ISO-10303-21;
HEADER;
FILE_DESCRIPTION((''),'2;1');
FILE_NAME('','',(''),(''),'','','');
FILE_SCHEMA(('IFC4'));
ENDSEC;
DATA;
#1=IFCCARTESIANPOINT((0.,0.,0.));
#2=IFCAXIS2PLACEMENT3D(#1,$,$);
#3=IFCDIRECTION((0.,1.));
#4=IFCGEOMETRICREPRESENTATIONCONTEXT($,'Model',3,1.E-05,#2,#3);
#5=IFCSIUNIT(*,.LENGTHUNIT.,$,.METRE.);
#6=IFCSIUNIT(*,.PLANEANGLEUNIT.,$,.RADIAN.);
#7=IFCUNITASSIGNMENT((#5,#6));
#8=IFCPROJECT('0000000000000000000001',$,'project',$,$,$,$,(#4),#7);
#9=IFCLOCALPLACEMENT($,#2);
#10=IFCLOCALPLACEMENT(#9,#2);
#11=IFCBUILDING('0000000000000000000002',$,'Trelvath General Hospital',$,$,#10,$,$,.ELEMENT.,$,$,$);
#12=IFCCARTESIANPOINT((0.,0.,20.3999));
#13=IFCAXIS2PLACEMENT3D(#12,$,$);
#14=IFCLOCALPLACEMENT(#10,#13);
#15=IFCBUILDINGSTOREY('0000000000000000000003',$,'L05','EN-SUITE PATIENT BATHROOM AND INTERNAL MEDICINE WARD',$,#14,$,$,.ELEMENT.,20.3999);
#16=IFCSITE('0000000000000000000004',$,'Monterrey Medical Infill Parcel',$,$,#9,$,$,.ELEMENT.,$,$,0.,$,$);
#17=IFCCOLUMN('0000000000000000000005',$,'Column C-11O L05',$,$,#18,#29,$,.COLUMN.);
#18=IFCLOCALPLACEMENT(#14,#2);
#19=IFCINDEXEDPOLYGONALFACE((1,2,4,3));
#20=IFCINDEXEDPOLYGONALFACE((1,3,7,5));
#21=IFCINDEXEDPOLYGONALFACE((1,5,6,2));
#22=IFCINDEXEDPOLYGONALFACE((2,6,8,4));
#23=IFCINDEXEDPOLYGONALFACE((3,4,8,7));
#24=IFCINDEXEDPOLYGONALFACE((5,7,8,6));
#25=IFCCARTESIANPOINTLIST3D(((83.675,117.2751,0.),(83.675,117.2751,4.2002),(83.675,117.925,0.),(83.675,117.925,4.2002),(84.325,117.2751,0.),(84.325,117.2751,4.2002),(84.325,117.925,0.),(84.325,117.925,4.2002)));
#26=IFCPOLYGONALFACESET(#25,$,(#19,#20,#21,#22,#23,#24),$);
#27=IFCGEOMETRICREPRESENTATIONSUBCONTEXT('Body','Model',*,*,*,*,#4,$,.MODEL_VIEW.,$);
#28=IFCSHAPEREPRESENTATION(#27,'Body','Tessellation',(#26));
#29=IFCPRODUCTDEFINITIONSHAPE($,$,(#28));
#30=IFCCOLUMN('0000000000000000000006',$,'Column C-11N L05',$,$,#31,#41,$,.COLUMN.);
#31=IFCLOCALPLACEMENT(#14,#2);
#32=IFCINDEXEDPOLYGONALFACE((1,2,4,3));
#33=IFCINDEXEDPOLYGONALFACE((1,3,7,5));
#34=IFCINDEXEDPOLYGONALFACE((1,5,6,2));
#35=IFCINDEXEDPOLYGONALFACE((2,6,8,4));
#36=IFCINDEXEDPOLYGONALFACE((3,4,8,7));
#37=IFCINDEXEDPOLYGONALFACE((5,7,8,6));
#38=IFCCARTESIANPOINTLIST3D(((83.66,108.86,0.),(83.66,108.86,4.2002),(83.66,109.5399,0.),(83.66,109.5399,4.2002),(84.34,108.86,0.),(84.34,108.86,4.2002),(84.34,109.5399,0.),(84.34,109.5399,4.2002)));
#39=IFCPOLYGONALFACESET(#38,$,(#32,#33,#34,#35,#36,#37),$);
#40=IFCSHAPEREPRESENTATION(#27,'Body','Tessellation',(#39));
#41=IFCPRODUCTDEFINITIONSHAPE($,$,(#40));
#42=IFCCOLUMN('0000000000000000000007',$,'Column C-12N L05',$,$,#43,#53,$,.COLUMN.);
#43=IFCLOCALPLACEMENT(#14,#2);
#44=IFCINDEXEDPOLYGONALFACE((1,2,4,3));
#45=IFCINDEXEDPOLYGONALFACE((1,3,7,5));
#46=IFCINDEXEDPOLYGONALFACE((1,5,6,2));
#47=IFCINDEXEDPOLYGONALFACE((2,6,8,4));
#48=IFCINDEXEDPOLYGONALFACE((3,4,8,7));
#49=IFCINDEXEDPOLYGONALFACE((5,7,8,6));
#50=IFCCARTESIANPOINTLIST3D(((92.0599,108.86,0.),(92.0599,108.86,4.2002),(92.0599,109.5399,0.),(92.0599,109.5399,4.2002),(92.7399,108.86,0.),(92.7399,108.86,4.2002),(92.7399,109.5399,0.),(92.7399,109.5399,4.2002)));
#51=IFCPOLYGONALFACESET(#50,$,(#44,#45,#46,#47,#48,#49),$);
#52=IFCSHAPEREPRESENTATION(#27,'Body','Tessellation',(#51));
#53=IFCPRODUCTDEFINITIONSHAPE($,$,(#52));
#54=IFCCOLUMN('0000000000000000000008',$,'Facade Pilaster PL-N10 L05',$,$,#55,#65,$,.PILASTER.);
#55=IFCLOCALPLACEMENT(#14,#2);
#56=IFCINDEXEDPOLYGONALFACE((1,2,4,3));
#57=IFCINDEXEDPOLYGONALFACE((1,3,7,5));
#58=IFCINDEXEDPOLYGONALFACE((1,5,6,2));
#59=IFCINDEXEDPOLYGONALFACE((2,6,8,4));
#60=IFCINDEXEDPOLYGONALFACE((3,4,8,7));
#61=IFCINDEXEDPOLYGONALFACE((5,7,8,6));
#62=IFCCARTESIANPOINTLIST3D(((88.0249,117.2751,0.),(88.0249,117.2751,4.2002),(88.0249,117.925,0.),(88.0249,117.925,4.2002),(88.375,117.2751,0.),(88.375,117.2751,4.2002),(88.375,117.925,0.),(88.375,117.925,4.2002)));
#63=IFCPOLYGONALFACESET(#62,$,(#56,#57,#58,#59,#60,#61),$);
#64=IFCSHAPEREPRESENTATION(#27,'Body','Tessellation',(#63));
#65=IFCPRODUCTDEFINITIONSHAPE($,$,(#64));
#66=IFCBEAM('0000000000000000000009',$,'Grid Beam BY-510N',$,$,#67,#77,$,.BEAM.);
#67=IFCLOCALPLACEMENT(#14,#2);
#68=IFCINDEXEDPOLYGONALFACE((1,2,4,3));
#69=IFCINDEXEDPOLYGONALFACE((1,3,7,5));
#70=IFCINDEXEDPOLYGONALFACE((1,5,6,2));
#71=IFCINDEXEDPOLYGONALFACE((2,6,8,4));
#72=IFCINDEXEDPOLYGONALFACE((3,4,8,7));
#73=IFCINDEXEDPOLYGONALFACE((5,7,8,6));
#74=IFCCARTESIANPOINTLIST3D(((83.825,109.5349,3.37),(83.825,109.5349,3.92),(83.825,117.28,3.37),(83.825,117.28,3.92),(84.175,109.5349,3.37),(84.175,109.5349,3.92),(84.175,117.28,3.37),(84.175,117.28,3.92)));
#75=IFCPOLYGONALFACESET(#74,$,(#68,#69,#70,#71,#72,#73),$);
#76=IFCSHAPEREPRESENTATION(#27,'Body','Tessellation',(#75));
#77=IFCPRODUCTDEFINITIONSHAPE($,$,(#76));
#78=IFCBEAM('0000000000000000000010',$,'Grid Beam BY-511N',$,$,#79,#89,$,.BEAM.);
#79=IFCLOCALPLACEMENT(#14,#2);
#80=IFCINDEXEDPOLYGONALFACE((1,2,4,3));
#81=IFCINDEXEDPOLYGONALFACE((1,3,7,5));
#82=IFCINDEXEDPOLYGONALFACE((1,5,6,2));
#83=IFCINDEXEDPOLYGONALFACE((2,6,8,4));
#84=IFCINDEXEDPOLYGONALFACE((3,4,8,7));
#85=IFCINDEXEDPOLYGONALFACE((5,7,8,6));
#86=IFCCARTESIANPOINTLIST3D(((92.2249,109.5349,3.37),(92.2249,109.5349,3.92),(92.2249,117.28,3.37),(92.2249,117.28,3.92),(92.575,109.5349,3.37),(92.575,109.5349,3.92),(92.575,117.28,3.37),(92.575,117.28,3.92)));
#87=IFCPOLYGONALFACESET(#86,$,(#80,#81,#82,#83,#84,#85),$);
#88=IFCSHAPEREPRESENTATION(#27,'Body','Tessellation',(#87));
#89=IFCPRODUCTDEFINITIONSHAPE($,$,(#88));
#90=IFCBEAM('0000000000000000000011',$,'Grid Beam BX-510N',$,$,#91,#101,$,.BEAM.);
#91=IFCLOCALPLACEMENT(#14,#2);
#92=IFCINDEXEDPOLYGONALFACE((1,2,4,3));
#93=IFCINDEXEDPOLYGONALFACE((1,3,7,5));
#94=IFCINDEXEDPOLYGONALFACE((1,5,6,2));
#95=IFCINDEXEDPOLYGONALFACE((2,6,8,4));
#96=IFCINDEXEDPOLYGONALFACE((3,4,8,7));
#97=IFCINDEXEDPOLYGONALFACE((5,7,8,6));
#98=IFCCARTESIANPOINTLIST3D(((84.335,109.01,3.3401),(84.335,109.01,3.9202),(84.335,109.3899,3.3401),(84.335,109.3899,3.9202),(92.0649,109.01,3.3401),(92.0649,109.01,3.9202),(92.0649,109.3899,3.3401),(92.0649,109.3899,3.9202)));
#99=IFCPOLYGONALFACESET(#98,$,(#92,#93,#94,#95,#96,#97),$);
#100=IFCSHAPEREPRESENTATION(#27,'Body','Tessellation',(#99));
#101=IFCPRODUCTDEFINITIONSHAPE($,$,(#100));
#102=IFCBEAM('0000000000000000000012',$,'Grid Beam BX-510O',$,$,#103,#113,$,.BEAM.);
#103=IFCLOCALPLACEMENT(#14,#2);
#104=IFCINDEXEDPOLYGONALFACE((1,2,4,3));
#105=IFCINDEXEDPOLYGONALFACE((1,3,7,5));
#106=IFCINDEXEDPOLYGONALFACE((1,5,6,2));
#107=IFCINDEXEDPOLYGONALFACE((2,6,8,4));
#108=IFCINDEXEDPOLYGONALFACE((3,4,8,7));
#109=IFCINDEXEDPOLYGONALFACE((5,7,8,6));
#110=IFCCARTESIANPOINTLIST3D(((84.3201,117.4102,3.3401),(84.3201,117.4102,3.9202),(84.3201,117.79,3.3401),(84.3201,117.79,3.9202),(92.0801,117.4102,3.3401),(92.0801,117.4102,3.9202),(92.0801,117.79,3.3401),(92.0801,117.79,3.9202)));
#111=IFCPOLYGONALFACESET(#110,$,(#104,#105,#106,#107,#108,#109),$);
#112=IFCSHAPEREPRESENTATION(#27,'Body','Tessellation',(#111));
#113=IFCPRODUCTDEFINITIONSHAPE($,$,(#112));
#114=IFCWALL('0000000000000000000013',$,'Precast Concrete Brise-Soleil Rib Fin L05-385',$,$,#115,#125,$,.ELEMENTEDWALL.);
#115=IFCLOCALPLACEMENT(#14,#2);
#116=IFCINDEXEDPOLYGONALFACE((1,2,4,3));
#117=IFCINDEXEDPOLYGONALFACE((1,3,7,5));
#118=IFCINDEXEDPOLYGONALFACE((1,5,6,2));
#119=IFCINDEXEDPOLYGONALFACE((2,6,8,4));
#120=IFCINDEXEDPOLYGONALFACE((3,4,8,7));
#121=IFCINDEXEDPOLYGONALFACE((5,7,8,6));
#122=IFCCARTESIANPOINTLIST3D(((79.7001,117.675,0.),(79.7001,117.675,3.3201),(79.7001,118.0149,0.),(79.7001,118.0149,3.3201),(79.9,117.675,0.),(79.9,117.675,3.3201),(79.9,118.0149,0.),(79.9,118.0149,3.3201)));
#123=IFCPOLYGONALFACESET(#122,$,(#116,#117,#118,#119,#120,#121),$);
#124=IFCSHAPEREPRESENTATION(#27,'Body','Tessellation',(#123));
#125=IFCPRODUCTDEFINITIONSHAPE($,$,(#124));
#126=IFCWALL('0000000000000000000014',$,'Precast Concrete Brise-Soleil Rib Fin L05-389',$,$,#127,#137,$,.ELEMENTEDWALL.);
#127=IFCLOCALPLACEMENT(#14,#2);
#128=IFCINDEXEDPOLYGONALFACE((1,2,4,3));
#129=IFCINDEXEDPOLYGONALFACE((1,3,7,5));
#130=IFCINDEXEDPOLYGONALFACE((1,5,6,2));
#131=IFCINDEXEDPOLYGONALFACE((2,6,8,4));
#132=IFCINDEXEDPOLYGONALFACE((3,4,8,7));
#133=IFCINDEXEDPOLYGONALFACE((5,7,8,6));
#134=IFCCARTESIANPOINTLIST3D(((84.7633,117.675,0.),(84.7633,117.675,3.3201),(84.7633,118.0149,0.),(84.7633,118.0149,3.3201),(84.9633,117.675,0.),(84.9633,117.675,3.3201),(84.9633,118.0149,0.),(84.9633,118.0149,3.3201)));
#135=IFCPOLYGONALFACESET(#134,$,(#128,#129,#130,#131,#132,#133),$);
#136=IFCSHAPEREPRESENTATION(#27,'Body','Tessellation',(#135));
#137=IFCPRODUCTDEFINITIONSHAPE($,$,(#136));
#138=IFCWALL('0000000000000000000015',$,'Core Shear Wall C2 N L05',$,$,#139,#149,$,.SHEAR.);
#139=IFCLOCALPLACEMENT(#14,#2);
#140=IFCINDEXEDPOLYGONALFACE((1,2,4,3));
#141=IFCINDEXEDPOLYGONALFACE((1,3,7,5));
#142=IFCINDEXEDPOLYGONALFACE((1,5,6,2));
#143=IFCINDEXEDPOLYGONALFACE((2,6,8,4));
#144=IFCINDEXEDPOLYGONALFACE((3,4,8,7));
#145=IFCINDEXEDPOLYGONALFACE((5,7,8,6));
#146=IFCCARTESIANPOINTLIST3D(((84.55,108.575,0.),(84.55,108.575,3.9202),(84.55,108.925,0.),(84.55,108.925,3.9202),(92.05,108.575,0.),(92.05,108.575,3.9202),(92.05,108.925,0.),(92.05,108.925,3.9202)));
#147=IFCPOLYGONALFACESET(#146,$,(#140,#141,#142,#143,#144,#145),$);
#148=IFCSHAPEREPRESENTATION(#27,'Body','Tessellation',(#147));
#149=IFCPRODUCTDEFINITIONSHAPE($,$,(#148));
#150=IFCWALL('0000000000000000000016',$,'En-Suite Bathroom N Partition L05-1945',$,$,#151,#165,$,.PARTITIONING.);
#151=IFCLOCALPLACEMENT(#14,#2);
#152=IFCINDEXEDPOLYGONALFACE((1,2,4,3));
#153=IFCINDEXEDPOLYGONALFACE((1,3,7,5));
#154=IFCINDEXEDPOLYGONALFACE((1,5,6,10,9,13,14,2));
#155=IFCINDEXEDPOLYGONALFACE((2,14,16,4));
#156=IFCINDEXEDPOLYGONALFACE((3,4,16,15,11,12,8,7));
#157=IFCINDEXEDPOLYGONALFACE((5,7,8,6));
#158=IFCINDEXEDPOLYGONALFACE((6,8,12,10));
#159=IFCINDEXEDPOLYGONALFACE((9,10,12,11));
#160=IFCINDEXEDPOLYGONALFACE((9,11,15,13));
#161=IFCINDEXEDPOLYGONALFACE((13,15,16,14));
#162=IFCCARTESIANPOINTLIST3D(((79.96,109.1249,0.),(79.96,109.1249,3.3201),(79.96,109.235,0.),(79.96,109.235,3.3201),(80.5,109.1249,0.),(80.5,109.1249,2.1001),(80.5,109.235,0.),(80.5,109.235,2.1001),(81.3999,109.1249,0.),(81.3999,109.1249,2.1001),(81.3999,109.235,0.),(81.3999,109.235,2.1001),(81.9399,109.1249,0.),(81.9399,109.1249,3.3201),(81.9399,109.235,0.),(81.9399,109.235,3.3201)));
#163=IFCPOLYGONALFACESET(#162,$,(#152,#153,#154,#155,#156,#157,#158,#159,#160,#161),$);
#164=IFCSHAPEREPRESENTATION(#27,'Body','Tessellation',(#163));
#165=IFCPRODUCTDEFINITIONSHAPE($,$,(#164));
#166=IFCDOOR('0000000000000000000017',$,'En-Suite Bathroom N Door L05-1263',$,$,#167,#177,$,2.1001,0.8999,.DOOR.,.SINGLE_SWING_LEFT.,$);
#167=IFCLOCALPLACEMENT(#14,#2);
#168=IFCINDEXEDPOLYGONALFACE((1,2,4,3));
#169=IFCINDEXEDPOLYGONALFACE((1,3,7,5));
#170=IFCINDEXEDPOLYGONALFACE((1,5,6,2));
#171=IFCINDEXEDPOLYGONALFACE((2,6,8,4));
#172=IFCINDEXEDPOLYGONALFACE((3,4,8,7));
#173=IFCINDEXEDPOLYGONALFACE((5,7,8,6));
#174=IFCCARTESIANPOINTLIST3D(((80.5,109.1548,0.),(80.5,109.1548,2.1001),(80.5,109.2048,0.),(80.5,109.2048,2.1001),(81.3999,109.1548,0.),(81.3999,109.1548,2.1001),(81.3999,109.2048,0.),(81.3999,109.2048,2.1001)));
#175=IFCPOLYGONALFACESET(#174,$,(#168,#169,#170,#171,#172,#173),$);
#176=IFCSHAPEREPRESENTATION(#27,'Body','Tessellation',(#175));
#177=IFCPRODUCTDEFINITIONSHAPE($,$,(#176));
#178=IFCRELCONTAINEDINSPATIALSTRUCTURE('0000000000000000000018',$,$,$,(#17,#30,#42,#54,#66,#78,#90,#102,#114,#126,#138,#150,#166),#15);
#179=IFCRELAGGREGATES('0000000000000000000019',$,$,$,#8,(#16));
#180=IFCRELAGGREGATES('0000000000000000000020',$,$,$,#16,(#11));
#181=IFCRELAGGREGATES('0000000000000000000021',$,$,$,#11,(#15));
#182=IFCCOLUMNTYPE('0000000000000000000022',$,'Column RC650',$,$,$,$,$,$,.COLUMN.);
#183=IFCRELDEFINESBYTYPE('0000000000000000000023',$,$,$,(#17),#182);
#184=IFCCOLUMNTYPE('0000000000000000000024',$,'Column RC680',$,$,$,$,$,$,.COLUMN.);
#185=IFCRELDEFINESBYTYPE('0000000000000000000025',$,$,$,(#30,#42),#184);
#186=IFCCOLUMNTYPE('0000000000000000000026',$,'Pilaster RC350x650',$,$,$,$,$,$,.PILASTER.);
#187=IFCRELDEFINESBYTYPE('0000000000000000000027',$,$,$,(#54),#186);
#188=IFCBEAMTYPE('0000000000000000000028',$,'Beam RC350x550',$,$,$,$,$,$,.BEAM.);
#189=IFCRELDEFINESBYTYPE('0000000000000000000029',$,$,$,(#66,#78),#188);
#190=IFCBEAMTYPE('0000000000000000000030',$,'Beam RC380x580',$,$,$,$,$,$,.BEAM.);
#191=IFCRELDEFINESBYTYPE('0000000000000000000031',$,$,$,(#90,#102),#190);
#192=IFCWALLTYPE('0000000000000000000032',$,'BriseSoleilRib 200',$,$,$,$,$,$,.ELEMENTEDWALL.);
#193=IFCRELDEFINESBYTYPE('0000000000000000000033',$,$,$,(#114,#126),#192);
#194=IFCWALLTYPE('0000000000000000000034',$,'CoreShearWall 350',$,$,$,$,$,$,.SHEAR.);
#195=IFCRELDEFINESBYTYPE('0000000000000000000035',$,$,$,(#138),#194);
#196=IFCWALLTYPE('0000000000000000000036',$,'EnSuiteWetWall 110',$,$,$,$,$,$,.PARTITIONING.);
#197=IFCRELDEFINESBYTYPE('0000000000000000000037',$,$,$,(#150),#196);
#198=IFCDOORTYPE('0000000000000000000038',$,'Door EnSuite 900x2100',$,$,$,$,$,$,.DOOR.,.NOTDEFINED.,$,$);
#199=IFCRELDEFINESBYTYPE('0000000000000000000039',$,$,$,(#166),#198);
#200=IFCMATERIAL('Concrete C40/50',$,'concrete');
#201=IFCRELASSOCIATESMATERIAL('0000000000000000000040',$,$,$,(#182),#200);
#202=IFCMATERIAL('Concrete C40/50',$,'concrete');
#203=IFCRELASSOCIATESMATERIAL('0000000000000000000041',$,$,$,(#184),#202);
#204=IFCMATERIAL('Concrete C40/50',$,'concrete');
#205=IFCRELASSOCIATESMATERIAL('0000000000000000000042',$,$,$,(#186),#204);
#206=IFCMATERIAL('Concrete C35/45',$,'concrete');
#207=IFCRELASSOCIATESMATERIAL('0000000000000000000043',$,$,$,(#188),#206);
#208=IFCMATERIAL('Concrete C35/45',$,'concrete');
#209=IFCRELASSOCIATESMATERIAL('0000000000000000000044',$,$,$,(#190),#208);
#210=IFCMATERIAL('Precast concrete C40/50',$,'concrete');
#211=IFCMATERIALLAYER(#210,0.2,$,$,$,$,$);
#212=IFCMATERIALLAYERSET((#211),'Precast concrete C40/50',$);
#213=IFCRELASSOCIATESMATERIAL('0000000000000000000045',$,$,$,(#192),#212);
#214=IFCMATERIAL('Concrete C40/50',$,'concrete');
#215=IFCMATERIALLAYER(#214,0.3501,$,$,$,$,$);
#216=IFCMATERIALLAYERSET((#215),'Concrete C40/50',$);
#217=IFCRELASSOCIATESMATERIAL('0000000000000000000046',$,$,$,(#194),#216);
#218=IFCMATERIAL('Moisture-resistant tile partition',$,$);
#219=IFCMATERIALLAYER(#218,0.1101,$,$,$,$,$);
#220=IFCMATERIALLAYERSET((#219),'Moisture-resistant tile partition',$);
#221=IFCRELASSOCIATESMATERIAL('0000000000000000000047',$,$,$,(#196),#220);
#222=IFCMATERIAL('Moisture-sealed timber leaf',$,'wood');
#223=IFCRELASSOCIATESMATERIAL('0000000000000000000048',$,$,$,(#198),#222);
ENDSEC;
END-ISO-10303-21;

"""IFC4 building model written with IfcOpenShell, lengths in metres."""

from ifc_helpers import new_model, si_unit, direction, frame, frame_2d, origin, origin_2d, place, context, subcontext, project, spatial, rectangle, extrude, material, layer, layer_set, material_profile, profile_set, type_object, element, fill, save


model = new_model("IFC4")

# Units and contexts
model_context = context("Model", 3, precision=1e-05, world=origin(), true_north=direction((0.0, 1.0)))
body_context = subcontext(model_context, "Body", "Model", "MODEL_VIEW")
ifc_project = project(units=[si_unit("LENGTHUNIT", "METRE"), si_unit("PLANEANGLEUNIT", "RADIAN")], contexts=[model_context])

# Site, building, storey
site_placement = place(None, origin())
site = spatial("IfcSite", under=ifc_project, at=site_placement, Name="Monterrey Medical Infill Parcel", CompositionType="ELEMENT", RefElevation=0.0)
building_placement = place(site_placement, origin())
building = spatial("IfcBuilding", under=site, at=building_placement, Name="Trelvath General Hospital", CompositionType="ELEMENT")
storey_placement = place(building_placement, frame((0.0, 0.0, 20.3999)))
storey = spatial("IfcBuildingStorey", under=building, at=storey_placement, Name="L05", Description="EN-SUITE PATIENT BATHROOM AND INTERNAL MEDICINE WARD", CompositionType="ELEMENT", Elevation=20.3999)

# Columns
ifc_material_1 = material(Name="Concrete C40/50", Category="concrete")
ifc_material_profile_1 = material_profile(ifc_material_1, rectangle(XDim=0.6499, YDim=0.6499, at=origin_2d()), Name="RC650x650")
ifc_profile_set_1 = profile_set([ifc_material_profile_1], Name="Concrete C40/50")
column_type_1 = type_object("IfcColumnType", Name="Column RC650", PredefinedType="COLUMN", material=ifc_profile_set_1)
column_1_placement = place(storey_placement, frame((84.0, 117.6001, 0.0), z_axis=(0.0, 0.0, 1.0), x_axis=(1.0, 0.0, 0.0)))
element("IfcColumn", 1, at=column_1_placement, inside=storey, type_object=column_type_1, Name="Column C-11O L05", PredefinedType="COLUMN", context=body_context, shape_type="SweptSolid", body=[
    extrude(rectangle(XDim=0.6499, YDim=0.6499, at=origin_2d()), origin(), (0.0, 0.0, 1.0), 4.2002),
])
ifc_material_2 = material(Name="Concrete C40/50", Category="concrete")
ifc_material_profile_2 = material_profile(ifc_material_2, rectangle(XDim=0.6799, YDim=0.6799, at=origin_2d()), Name="RC680x680")
ifc_profile_set_2 = profile_set([ifc_material_profile_2], Name="Concrete C40/50")
column_type_2 = type_object("IfcColumnType", Name="Column RC680", PredefinedType="COLUMN", material=ifc_profile_set_2)
for number, where, z_axis, x_axis, name in (
    (2, (84.0, 109.2, 0.0), (0.0, 0.0, 1.0), (1.0, 0.0, 0.0), "Column C-11N L05"),
    (3, (92.3999, 109.2, 0.0), (0.0, 0.0, 1.0), (1.0, 0.0, 0.0), "Column C-12N L05"),
):
    element("IfcColumn", number, at=place(storey_placement, frame(where, z_axis=z_axis, x_axis=x_axis)), inside=storey, type_object=column_type_2, Name=name, PredefinedType="COLUMN", context=body_context, shape_type="SweptSolid", body=[
        extrude(rectangle(XDim=0.6799, YDim=0.6799, at=origin_2d()), origin(), (0.0, 0.0, 1.0), 4.2002),
    ])
ifc_material_3 = material(Name="Concrete C40/50", Category="concrete")
ifc_material_profile_3 = material_profile(ifc_material_3, rectangle(XDim=0.3501, YDim=0.6499, at=origin_2d()), Name="RC350x650")
ifc_profile_set_3 = profile_set([ifc_material_profile_3], Name="Concrete C40/50")
column_type_3 = type_object("IfcColumnType", Name="Pilaster RC350x650", PredefinedType="PILASTER", material=ifc_profile_set_3)
column_2_placement = place(storey_placement, frame((88.2, 117.6001, 0.0), z_axis=(0.0, 0.0, 1.0), x_axis=(1.0, 0.0, 0.0)))
element("IfcColumn", 4, at=column_2_placement, inside=storey, type_object=column_type_3, Name="Facade Pilaster PL-N10 L05", PredefinedType="PILASTER", context=body_context, shape_type="SweptSolid", body=[
    extrude(rectangle(XDim=0.3501, YDim=0.6499, at=origin_2d()), origin(), (0.0, 0.0, 1.0), 4.2002),
])

# Beams
ifc_material_4 = material(Name="Concrete C35/45", Category="concrete")
ifc_material_profile_4 = material_profile(ifc_material_4, rectangle(XDim=0.3501, YDim=0.55, at=origin_2d()), Name="RCB350x550")
ifc_profile_set_4 = profile_set([ifc_material_profile_4], Name="Concrete C35/45")
beam_type_1 = type_object("IfcBeamType", Name="Beam RC350x550", PredefinedType="BEAM", material=ifc_profile_set_4)
for number, where, z_axis, x_axis, name in (
    (5, (84.0, 109.5349, 3.645), (0.0, 1.0, 0.0), (-1.0, 0.0, 0.0), "Grid Beam BY-510N"),
    (6, (92.3999, 109.5349, 3.645), (0.0, 1.0, 0.0), (-1.0, 0.0, 0.0), "Grid Beam BY-511N"),
):
    element("IfcBeam", number, at=place(storey_placement, frame(where, z_axis=z_axis, x_axis=x_axis)), inside=storey, type_object=beam_type_1, Name=name, PredefinedType="BEAM", context=body_context, shape_type="SweptSolid", body=[
        extrude(rectangle(XDim=0.3501, YDim=0.55, at=origin_2d()), origin(), (0.0, 0.0, 1.0), 7.7451),
    ])
ifc_material_5 = material(Name="Concrete C35/45", Category="concrete")
ifc_material_profile_5 = material_profile(ifc_material_5, rectangle(XDim=0.3799, YDim=0.5801, at=origin_2d()), Name="RCB380x580")
ifc_profile_set_5 = profile_set([ifc_material_profile_5], Name="Concrete C35/45")
beam_type_2 = type_object("IfcBeamType", Name="Beam RC380x580", PredefinedType="BEAM", material=ifc_profile_set_5)
beam_1_placement = place(storey_placement, frame((84.335, 109.2, 3.6301), z_axis=(1.0, 0.0, 0.0), x_axis=(0.0, 1.0, 0.0)))
element("IfcBeam", 7, at=beam_1_placement, inside=storey, type_object=beam_type_2, Name="Grid Beam BX-510N", PredefinedType="BEAM", context=body_context, shape_type="SweptSolid", body=[
    extrude(rectangle(XDim=0.3799, YDim=0.5801, at=origin_2d()), origin(), (0.0, 0.0, 1.0), 7.73),
])
beam_2_placement = place(storey_placement, frame((84.3201, 117.6001, 3.6301), z_axis=(1.0, 0.0, 0.0), x_axis=(0.0, 1.0, 0.0)))
element("IfcBeam", 8, at=beam_2_placement, inside=storey, type_object=beam_type_2, Name="Grid Beam BX-510O", PredefinedType="BEAM", context=body_context, shape_type="SweptSolid", body=[
    extrude(rectangle(XDim=0.3799, YDim=0.5801, at=origin_2d()), origin(), (0.0, 0.0, 1.0), 7.76),
])

# Walls
ifc_material_6 = material(Name="Precast concrete C40/50", Category="concrete")
ifc_layer_1 = layer(ifc_material_6, 0.2)
ifc_layer_set_1 = layer_set([ifc_layer_1], Name="Precast concrete C40/50")
wall_type_1 = type_object("IfcWallType", Name="BriseSoleilRib 200", PredefinedType="ELEMENTEDWALL", material=ifc_layer_set_1)
for number, where, z_axis, x_axis, name in (
    (9, (79.8, 117.675, 0.0), (0.0, 0.0, 1.0), (0.0, 1.0, 0.0), "Precast Concrete Brise-Soleil Rib Fin L05-385"),
    (10, (84.8633, 117.675, 0.0), (0.0, 0.0, 1.0), (0.0, 1.0, 0.0), "Precast Concrete Brise-Soleil Rib Fin L05-389"),
):
    element("IfcWall", number, at=place(storey_placement, frame(where, z_axis=z_axis, x_axis=x_axis)), inside=storey, type_object=wall_type_1, Name=name, PredefinedType="ELEMENTEDWALL", context=body_context, shape_type="SweptSolid", body=[
        extrude(rectangle(XDim=0.3398, YDim=0.2, at=frame_2d((0.1699, 0.0))), origin(), (0.0, 0.0, 1.0), 3.3201),
    ])
ifc_material_7 = material(Name="Concrete C40/50", Category="concrete")
ifc_layer_2 = layer(ifc_material_7, 0.3501)
ifc_layer_set_2 = layer_set([ifc_layer_2], Name="Concrete C40/50")
wall_type_2 = type_object("IfcWallType", Name="CoreShearWall 350", PredefinedType="SHEAR", material=ifc_layer_set_2)
wall_1_placement = place(storey_placement, frame((84.55, 108.75, 0.0), z_axis=(0.0, 0.0, 1.0), x_axis=(1.0, 0.0, 0.0)))
element("IfcWall", 11, at=wall_1_placement, inside=storey, type_object=wall_type_2, Name="Core Shear Wall C2 N L05", PredefinedType="SHEAR", context=body_context, shape_type="SweptSolid", body=[
    extrude(rectangle(XDim=7.5, YDim=0.3501, at=frame_2d((3.75, 0.0))), origin(), (0.0, 0.0, 1.0), 3.9202),
])

# Wall, opening, door
ifc_material_8 = material(Name="Moisture-resistant tile partition")
ifc_layer_3 = layer(ifc_material_8, 0.1101)
ifc_layer_set_3 = layer_set([ifc_layer_3], Name="Moisture-resistant tile partition")
wall_type_3 = type_object("IfcWallType", Name="EnSuiteWetWall 110", PredefinedType="PARTITIONING", material=ifc_layer_set_3)
wall_2_placement = place(storey_placement, frame((79.96, 109.1799, 0.0), z_axis=(0.0, 0.0, 1.0), x_axis=(1.0, 0.0, 0.0)))
wall_2 = element("IfcWall", 12, at=wall_2_placement, inside=storey, type_object=wall_type_3, Name="En-Suite Bathroom N Partition L05-1945", PredefinedType="PARTITIONING", context=body_context, shape_type="SweptSolid", body=[
    extrude(rectangle(XDim=1.98, YDim=0.1101, at=frame_2d((0.99, 0.0))), origin(), (0.0, 0.0, 1.0), 3.3201),
])
opening_1_placement = place(wall_2_placement, frame((0.54, 0.0, 0.0)))
opening_1 = element("IfcOpeningElement", 13, at=opening_1_placement, cuts=wall_2, PredefinedType="OPENING", context=body_context, shape_type="SweptSolid", body=[
    extrude(rectangle(XDim=0.8999, YDim=2.1001, at=frame_2d((0.45, 1.05))), frame((0.0, 0.0649, 0.0), z_axis=(0.0, -1.0, 0.0), x_axis=(1.0, 0.0, 0.0)), (0.0, 0.0, 1.0), 0.1301),
])
ifc_material_9 = material(Name="Moisture-sealed timber leaf", Category="wood")
door_type_1 = type_object("IfcDoorType", Name="Door EnSuite 900x2100", OperationType="NOTDEFINED", PredefinedType="DOOR", material=ifc_material_9)
door_1_placement = place(opening_1_placement, origin())
door_1 = element("IfcDoor", 14, at=door_1_placement, inside=storey, type_object=door_type_1, Name="En-Suite Bathroom N Door L05-1263", OperationType="SINGLE_SWING_LEFT", OverallHeight=2.1001, OverallWidth=0.8999, PredefinedType="DOOR", context=body_context, shape_type="SweptSolid", body=[
    extrude(rectangle(XDim=0.8999, YDim=2.1001, at=frame_2d((0.45, 1.05))), frame((0.0, 0.0249, 0.0), z_axis=(0.0, -1.0, 0.0), x_axis=(1.0, 0.0, 0.0)), (0.0, 0.0, 1.0), 0.05),
])
fill(opening_1, door_1)

save(model, "model.ifc")
